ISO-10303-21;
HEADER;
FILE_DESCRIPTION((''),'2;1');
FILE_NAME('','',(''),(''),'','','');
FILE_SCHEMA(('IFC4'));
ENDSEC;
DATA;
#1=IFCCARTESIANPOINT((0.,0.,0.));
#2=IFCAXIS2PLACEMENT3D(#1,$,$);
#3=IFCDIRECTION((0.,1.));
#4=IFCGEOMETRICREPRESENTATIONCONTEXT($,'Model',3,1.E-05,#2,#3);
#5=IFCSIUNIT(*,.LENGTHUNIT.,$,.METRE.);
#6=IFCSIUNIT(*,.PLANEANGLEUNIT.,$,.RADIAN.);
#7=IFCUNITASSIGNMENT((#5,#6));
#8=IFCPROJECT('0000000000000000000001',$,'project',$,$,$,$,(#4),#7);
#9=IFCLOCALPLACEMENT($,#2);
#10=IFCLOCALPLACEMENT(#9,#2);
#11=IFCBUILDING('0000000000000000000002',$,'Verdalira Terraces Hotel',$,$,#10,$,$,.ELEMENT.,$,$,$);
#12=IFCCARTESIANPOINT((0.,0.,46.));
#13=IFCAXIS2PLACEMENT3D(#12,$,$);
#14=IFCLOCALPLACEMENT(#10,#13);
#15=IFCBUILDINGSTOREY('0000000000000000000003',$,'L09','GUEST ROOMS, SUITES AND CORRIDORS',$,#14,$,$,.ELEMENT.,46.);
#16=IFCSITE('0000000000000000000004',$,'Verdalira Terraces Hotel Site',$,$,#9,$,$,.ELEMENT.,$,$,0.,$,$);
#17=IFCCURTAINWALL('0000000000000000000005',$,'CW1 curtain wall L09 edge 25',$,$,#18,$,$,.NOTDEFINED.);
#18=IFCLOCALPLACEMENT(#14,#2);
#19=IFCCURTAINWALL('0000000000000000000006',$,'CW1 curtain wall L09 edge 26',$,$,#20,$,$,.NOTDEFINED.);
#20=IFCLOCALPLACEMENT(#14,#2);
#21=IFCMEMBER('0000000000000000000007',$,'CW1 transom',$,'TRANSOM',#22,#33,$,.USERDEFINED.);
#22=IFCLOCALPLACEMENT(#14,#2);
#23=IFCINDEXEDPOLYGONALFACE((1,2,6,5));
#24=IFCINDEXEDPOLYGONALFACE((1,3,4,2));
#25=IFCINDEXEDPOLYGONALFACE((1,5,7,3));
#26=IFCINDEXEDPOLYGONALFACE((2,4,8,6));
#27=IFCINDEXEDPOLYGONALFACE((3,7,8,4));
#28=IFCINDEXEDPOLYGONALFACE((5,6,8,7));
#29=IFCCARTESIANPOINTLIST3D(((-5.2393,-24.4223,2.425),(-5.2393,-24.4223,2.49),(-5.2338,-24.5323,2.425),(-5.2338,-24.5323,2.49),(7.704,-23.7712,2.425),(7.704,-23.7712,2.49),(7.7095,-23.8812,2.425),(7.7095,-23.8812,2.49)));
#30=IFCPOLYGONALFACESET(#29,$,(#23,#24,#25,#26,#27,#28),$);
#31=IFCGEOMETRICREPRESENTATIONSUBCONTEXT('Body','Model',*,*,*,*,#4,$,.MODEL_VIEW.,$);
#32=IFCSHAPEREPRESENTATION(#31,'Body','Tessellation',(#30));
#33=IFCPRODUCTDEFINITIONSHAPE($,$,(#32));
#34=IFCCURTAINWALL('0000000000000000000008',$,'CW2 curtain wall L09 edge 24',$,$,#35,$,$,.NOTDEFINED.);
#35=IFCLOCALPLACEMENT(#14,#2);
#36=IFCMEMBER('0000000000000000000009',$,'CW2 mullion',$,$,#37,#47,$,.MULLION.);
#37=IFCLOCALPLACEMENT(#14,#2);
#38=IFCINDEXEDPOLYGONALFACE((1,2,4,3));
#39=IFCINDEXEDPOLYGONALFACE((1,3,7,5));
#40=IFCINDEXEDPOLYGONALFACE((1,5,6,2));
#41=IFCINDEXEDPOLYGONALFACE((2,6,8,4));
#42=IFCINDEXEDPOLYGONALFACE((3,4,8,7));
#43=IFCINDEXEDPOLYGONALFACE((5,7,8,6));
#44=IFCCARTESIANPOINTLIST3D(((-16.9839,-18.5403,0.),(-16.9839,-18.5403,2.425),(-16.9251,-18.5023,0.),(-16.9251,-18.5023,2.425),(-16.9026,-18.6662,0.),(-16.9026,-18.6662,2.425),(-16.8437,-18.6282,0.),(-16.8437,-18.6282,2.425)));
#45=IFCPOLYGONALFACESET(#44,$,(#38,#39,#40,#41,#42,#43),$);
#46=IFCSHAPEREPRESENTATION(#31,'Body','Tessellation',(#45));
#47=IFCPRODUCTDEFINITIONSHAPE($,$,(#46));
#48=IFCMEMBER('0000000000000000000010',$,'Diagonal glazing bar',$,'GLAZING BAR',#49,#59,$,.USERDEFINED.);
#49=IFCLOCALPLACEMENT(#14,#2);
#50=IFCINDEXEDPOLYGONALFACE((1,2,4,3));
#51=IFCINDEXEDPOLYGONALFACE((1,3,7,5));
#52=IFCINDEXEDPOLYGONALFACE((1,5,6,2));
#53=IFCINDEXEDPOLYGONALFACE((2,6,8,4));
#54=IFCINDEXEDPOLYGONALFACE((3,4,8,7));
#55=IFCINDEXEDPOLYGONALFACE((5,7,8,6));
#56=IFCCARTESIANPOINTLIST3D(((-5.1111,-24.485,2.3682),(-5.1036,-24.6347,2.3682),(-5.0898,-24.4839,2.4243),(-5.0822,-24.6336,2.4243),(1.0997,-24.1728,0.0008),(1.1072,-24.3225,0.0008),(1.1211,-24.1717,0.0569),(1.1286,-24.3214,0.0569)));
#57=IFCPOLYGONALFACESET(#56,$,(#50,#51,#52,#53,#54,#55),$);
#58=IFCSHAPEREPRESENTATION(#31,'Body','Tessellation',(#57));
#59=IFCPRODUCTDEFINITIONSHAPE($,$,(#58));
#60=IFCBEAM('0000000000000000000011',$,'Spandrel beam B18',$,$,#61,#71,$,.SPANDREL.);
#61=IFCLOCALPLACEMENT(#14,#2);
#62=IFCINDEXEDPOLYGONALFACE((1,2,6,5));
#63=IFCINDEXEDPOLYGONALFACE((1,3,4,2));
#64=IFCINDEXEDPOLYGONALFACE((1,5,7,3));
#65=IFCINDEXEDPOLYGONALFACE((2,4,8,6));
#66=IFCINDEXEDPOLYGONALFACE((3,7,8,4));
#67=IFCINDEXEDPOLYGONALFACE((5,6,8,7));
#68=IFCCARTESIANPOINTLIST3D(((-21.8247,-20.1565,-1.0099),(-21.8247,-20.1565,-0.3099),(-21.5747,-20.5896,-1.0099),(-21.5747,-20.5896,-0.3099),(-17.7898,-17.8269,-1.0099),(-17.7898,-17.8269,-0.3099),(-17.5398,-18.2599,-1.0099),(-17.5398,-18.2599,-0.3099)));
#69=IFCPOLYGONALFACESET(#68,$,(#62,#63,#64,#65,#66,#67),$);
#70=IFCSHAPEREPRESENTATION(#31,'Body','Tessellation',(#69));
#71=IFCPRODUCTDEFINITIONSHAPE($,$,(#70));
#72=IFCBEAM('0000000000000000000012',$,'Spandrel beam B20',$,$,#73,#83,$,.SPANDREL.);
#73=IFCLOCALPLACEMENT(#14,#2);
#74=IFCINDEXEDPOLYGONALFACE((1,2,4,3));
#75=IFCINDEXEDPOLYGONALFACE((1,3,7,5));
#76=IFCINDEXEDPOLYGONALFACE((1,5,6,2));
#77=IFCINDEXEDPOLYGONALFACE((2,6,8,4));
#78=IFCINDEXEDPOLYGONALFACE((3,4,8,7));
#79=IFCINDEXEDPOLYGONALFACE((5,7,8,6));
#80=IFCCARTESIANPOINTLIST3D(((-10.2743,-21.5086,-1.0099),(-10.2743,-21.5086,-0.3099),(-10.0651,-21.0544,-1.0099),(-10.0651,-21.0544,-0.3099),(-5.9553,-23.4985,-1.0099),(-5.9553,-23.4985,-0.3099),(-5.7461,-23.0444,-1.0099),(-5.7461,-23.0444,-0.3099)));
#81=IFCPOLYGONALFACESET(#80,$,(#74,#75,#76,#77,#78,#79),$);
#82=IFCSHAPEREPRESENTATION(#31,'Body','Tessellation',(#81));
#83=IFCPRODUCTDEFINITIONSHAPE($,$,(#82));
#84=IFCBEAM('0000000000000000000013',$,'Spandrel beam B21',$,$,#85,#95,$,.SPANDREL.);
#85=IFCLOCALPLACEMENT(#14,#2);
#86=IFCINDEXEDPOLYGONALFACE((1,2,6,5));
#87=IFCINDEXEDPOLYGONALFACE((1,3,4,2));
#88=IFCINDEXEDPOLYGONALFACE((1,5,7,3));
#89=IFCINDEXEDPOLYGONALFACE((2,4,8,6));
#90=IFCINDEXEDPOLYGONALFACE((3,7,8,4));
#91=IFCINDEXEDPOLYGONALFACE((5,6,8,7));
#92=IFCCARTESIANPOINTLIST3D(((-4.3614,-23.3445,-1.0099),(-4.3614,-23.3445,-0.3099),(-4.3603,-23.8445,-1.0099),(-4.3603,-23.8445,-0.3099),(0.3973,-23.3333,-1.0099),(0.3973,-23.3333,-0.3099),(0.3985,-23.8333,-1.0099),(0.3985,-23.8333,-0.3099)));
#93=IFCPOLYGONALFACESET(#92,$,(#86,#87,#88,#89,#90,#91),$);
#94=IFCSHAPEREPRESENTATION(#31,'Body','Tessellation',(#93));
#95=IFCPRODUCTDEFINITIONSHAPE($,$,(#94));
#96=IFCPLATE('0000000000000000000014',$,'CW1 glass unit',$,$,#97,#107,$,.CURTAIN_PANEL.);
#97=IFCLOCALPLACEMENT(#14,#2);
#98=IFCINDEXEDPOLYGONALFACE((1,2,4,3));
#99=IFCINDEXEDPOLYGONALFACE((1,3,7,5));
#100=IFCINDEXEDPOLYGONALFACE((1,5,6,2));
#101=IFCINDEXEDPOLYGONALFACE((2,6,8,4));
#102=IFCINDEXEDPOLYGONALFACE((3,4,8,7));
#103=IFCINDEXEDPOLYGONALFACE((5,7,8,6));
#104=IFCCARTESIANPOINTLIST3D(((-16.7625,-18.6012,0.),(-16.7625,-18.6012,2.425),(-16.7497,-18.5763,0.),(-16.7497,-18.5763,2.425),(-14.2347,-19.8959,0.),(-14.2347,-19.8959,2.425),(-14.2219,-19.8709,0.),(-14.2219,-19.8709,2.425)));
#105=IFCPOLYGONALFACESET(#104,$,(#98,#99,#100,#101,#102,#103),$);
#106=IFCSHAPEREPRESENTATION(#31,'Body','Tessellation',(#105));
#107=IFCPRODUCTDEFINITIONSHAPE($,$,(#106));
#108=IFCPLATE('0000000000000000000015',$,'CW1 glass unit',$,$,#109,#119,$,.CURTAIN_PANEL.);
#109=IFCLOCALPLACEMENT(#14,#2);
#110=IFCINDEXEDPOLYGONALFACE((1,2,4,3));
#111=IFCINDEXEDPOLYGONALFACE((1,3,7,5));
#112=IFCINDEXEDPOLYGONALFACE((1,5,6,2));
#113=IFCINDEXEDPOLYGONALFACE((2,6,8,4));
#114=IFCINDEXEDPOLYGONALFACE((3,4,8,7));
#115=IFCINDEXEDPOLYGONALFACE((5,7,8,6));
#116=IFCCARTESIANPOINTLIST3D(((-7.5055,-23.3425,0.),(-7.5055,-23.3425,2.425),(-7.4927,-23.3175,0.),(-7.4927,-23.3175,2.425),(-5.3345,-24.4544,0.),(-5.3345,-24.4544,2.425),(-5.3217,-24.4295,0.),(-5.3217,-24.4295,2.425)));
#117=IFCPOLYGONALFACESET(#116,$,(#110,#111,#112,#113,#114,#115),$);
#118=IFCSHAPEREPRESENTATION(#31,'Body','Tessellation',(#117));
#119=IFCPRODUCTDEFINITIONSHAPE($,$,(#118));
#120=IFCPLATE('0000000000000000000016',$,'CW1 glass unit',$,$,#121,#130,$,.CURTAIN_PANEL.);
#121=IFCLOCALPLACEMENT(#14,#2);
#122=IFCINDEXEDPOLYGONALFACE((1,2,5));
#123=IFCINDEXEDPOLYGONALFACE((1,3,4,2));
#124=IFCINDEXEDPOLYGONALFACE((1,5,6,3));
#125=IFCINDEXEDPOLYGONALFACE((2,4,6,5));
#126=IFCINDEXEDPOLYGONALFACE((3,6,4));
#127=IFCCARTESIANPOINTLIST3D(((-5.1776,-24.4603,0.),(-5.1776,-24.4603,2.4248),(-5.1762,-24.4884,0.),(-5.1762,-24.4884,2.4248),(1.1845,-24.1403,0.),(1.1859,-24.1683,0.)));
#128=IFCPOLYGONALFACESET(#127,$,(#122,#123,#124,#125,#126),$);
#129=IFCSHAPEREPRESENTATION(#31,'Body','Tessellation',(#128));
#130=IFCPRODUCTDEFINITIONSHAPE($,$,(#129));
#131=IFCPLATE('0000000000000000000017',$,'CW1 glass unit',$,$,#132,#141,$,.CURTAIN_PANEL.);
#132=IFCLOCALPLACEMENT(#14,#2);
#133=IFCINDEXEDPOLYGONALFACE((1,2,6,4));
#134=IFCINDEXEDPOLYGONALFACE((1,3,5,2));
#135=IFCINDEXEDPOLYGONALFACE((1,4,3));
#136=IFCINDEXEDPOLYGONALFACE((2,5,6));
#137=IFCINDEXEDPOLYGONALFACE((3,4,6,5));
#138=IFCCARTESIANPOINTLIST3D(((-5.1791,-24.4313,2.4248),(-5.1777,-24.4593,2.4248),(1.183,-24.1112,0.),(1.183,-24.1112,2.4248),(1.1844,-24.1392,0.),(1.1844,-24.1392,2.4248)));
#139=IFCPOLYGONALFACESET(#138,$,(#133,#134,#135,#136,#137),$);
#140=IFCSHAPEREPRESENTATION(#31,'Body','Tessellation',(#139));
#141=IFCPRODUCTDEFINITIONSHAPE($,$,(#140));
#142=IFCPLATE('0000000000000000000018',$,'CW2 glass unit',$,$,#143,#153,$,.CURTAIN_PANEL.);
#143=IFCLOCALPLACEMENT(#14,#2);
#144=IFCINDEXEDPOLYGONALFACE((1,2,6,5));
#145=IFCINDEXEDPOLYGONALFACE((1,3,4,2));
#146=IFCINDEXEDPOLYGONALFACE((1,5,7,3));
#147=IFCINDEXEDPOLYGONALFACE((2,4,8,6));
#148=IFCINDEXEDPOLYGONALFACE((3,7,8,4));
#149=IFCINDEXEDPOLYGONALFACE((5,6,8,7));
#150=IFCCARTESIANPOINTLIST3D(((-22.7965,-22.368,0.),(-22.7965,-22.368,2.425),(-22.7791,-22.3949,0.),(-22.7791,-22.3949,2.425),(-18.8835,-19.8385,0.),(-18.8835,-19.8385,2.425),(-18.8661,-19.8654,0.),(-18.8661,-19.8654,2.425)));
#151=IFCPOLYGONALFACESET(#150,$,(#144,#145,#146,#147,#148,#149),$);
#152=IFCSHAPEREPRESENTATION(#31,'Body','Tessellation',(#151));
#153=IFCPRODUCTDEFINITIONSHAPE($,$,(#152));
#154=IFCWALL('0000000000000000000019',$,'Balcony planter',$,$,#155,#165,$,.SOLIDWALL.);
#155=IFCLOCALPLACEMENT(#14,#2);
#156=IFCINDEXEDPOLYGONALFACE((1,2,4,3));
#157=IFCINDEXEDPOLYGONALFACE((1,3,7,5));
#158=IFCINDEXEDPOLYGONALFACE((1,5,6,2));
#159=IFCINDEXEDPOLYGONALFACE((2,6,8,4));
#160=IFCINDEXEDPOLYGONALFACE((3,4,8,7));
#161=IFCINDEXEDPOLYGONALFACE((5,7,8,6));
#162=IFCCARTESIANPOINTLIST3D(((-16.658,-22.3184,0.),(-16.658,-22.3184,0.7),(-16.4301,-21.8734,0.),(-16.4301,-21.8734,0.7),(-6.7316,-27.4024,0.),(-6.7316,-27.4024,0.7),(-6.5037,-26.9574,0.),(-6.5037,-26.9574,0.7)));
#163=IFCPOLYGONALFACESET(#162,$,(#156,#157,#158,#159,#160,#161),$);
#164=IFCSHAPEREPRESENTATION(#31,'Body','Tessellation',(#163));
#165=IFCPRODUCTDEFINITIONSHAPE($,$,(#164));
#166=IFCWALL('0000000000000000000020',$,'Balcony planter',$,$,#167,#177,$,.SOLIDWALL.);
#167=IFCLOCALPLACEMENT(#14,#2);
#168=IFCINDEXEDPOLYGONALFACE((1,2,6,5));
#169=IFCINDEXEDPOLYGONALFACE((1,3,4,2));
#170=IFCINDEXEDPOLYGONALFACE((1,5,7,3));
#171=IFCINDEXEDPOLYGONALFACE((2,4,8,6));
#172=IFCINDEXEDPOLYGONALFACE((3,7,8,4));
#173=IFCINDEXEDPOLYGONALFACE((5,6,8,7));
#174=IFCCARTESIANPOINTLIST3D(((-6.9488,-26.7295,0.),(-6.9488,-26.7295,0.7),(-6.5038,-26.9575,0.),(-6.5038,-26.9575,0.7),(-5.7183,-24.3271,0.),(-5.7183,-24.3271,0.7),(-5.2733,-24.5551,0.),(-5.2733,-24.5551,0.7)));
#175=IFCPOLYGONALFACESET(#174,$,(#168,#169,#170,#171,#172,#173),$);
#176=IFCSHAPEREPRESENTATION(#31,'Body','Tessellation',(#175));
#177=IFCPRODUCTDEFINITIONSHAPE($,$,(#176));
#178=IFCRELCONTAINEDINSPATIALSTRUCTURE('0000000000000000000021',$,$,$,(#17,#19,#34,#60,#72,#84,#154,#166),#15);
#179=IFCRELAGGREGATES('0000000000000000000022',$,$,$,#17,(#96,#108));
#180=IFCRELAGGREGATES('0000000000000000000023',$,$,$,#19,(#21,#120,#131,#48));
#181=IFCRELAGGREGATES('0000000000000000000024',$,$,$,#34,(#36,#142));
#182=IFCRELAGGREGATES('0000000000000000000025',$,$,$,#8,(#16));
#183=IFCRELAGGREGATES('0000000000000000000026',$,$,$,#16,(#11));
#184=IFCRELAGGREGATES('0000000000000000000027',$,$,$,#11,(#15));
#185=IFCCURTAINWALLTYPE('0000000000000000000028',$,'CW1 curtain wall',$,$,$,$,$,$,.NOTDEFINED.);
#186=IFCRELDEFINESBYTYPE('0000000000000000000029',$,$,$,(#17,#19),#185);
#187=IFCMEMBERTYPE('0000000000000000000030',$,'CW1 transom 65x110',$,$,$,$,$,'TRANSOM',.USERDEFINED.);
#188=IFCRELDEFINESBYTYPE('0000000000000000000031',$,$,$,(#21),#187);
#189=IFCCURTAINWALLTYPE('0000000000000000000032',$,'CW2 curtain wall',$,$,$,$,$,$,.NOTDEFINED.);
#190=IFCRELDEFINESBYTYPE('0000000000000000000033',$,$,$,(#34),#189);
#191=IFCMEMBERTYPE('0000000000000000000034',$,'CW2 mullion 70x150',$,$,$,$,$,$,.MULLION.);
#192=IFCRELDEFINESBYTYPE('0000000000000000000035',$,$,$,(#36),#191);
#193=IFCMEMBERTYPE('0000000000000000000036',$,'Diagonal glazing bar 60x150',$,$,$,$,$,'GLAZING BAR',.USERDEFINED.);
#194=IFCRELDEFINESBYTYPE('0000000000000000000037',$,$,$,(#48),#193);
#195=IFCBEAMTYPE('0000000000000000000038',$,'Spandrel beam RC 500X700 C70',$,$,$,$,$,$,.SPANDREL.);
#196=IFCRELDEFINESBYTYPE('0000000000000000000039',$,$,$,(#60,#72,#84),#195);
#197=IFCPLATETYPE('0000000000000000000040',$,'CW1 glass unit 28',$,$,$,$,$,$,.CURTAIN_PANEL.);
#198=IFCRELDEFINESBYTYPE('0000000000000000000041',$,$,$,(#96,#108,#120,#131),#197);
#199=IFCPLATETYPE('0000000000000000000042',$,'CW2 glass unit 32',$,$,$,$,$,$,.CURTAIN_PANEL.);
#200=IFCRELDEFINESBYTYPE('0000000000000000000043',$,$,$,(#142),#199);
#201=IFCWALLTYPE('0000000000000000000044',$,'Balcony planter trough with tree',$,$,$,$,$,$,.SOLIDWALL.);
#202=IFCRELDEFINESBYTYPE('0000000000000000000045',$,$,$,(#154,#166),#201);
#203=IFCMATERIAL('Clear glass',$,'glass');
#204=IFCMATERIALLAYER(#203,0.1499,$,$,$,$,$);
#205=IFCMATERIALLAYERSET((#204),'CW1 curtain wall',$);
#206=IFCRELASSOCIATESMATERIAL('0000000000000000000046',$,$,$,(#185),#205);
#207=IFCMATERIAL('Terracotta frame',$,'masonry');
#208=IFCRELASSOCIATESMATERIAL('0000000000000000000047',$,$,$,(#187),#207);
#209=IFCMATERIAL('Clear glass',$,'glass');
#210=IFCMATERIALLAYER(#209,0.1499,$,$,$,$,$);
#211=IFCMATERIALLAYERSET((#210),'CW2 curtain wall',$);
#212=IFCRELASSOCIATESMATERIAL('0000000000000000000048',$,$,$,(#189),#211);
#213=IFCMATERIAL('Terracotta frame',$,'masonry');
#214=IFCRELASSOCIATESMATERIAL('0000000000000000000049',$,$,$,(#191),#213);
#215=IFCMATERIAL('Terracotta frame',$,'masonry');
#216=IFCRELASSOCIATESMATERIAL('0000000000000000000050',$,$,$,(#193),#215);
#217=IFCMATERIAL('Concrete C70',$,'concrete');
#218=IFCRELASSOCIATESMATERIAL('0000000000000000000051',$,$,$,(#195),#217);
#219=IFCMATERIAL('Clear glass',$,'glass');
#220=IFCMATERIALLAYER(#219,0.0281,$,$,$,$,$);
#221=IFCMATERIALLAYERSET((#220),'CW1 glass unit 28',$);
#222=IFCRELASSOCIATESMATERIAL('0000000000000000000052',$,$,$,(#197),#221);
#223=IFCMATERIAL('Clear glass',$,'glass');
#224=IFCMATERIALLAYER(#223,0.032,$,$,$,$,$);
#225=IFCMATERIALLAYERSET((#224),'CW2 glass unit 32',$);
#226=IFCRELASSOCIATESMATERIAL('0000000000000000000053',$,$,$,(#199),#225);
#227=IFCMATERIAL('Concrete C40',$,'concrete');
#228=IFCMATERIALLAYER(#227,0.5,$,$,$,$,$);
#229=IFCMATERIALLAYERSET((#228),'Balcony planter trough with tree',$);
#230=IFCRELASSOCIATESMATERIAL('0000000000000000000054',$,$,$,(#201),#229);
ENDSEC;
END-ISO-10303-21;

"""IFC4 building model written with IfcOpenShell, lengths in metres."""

from ifc_helpers import new_model, si_unit, direction, frame, frame_2d, origin, origin_2d, place, context, subcontext, project, spatial, polyline, rectangle, outline, extrude, material, layer, layer_set, material_profile, profile_set, type_object, element, aggregate, save


model = new_model("IFC4")

# Units and contexts
model_context = context("Model", 3, precision=1e-05, world=origin(), true_north=direction((0.0, 1.0)))
body_context = subcontext(model_context, "Body", "Model", "MODEL_VIEW")
ifc_project = project(units=[si_unit("LENGTHUNIT", "METRE"), si_unit("PLANEANGLEUNIT", "RADIAN")], contexts=[model_context])

# Site, building, storey
site_placement = place(None, origin())
site = spatial("IfcSite", under=ifc_project, at=site_placement, Name="Verdalira Terraces Hotel Site", CompositionType="ELEMENT", RefElevation=0.0)
building_placement = place(site_placement, origin())
building = spatial("IfcBuilding", under=site, at=building_placement, Name="Verdalira Terraces Hotel", CompositionType="ELEMENT")
storey_placement = place(building_placement, frame((0.0, 0.0, 46.0)))
storey = spatial("IfcBuildingStorey", under=building, at=storey_placement, Name="L09", Description="GUEST ROOMS, SUITES AND CORRIDORS", CompositionType="ELEMENT", Elevation=46.0)

# Curtain wall
ifc_material_1 = material(Name="Clear glass", Category="glass")
ifc_layer_1 = layer(ifc_material_1, 0.1499)
ifc_layer_set_1 = layer_set([ifc_layer_1], Name="CW1 curtain wall")
curtain_wall_type_1 = type_object("IfcCurtainWallType", Name="CW1 curtain wall", PredefinedType="NOTDEFINED", material=ifc_layer_set_1)
curtain_wall_1_placement = place(storey_placement, origin())
curtain_wall_1 = element("IfcCurtainWall", 1, at=curtain_wall_1_placement, inside=storey, type_object=curtain_wall_type_1, Name="CW1 curtain wall L09 edge 25", PredefinedType="NOTDEFINED")

# Curtain wall
curtain_wall_2_placement = place(storey_placement, origin())
curtain_wall_2 = element("IfcCurtainWall", 2, at=curtain_wall_2_placement, inside=storey, type_object=curtain_wall_type_1, Name="CW1 curtain wall L09 edge 26", PredefinedType="NOTDEFINED")

# Member
ifc_material_2 = material(Name="Terracotta frame", Category="masonry")
ifc_material_profile_1 = material_profile(ifc_material_2, rectangle(XDim=0.1101, YDim=0.0649, at=origin_2d()), Name="TR 65x110")
ifc_profile_set_1 = profile_set([ifc_material_profile_1], Name="Terracotta frame")
member_type_1 = type_object("IfcMemberType", Name="CW1 transom 65x110", ElementType="TRANSOM", PredefinedType="USERDEFINED", material=ifc_profile_set_1)
member_1_placement = place(storey_placement, frame((-5.2366, -24.4773, 2.4575), z_axis=(0.998737, 0.050242, 0.0), x_axis=(-0.050242, 0.998737, 0.0)))
member_1 = element("IfcMember", 3, at=member_1_placement, type_object=member_type_1, Name="CW1 transom", ObjectType="TRANSOM", PredefinedType="USERDEFINED", context=body_context, shape_type="SweptSolid", body=[
    extrude(rectangle(XDim=0.1101, YDim=0.0649, at=origin_2d()), origin(), (0.0, 0.0, 1.0), 12.9597),
])

# Curtain wall, member
ifc_material_3 = material(Name="Clear glass", Category="glass")
ifc_layer_2 = layer(ifc_material_3, 0.1499)
ifc_layer_set_2 = layer_set([ifc_layer_2], Name="CW2 curtain wall")
curtain_wall_type_2 = type_object("IfcCurtainWallType", Name="CW2 curtain wall", PredefinedType="NOTDEFINED", material=ifc_layer_set_2)
curtain_wall_3_placement = place(storey_placement, origin())
curtain_wall_3 = element("IfcCurtainWall", 4, at=curtain_wall_3_placement, inside=storey, type_object=curtain_wall_type_2, Name="CW2 curtain wall L09 edge 24", PredefinedType="NOTDEFINED")
ifc_material_4 = material(Name="Terracotta frame", Category="masonry")
ifc_material_profile_2 = material_profile(ifc_material_4, rectangle(XDim=0.0701, YDim=0.1499, at=origin_2d()), Name="MU 70x150")
ifc_profile_set_2 = profile_set([ifc_material_profile_2], Name="Terracotta frame")
member_type_2 = type_object("IfcMemberType", Name="CW2 mullion 70x150", PredefinedType="MULLION", material=ifc_profile_set_2)
member_2_placement = place(storey_placement, frame((-16.9138, -18.5842, 0.0), z_axis=(0.0, 0.0, 1.0), x_axis=(0.839809, 0.542881, 0.0)))
member_2 = element("IfcMember", 5, at=member_2_placement, type_object=member_type_2, Name="CW2 mullion", PredefinedType="MULLION", context=body_context, shape_type="SweptSolid", body=[
    extrude(rectangle(XDim=0.0701, YDim=0.1499, at=origin_2d()), origin(), (0.0, 0.0, 1.0), 2.425),
])

# Member
ifc_material_5 = material(Name="Terracotta frame", Category="masonry")
ifc_material_profile_3 = material_profile(ifc_material_5, rectangle(XDim=0.1499, YDim=0.0601, at=origin_2d()), Name="GB 60x150")
ifc_profile_set_3 = profile_set([ifc_material_profile_3], Name="Terracotta frame")
member_type_3 = type_object("IfcMemberType", Name="Diagonal glazing bar 60x150", ElementType="GLAZING BAR", PredefinedType="USERDEFINED", material=ifc_profile_set_3)
member_3_placement = place(storey_placement, frame((-5.0967, -24.5593, 2.3962), z_axis=(0.93339, 0.046926, -0.355782), x_axis=(-0.050212, 0.998739, 0.0)))
member_3 = element("IfcMember", 6, at=member_3_placement, type_object=member_type_3, Name="Diagonal glazing bar", ObjectType="GLAZING BAR", PredefinedType="USERDEFINED", context=body_context, shape_type="SweptSolid", body=[
    extrude(rectangle(XDim=0.1499, YDim=0.0601, at=origin_2d()), origin(), (0.0, 0.0, 1.0), 6.6541),
])

# Beams
ifc_material_6 = material(Name="Concrete C70", Category="concrete")
ifc_material_profile_4 = material_profile(ifc_material_6, rectangle(XDim=0.5, YDim=0.7, at=origin_2d()), Name="RC 500X700")
ifc_profile_set_4 = profile_set([ifc_material_profile_4], Name="Concrete C70")
beam_type_1 = type_object("IfcBeamType", Name="Spandrel beam RC 500X700 C70", PredefinedType="SPANDREL", material=ifc_profile_set_4)
beam_1_placement = place(storey_placement, frame((-21.6997, -20.373, -0.6599), z_axis=(0.866022, 0.500005, 0.0), x_axis=(-0.500005, 0.866022, 0.0)))
element("IfcBeam", 7, at=beam_1_placement, inside=storey, type_object=beam_type_1, Name="Spandrel beam B18", PredefinedType="SPANDREL", context=body_context, shape_type="SweptSolid", body=[
    extrude(rectangle(XDim=0.5, YDim=0.7, at=origin_2d()), origin(), (0.0, 0.0, 1.0), 4.6592),
])
beam_2_placement = place(storey_placement, frame((-10.1697, -21.2815, -0.6599), z_axis=(0.908234, -0.418462, 0.0), x_axis=(0.418462, 0.908234, 0.0)))
element("IfcBeam", 8, at=beam_2_placement, inside=storey, type_object=beam_type_1, Name="Spandrel beam B20", PredefinedType="SPANDREL", context=body_context, shape_type="SweptSolid", body=[
    extrude(rectangle(XDim=0.5, YDim=0.7, at=origin_2d()), origin(), (0.0, 0.0, 1.0), 4.7554),
])
beam_3_placement = place(storey_placement, frame((-4.3608, -23.5945, -0.6599), z_axis=(0.999997, 0.00236, 0.0), x_axis=(-0.00236, 0.999997, 0.0)))
element("IfcBeam", 9, at=beam_3_placement, inside=storey, type_object=beam_type_1, Name="Spandrel beam B21", PredefinedType="SPANDREL", context=body_context, shape_type="SweptSolid", body=[
    extrude(rectangle(XDim=0.5, YDim=0.7, at=origin_2d()), origin(), (0.0, 0.0, 1.0), 4.7588),
])

# Plates
ifc_material_7 = material(Name="Clear glass", Category="glass")
ifc_layer_3 = layer(ifc_material_7, 0.0281)
ifc_layer_set_3 = layer_set([ifc_layer_3], Name="CW1 glass unit 28")
plate_type_1 = type_object("IfcPlateType", Name="CW1 glass unit 28", PredefinedType="CURTAIN_PANEL", material=ifc_layer_set_3)
plate_1_placement = place(storey_placement, frame((-15.4922, -19.2361, 0.0), z_axis=(0.0, 0.0, 1.0), x_axis=(0.890054, -0.455856, 0.0)))
plate_1 = element("IfcPlate", 10, at=plate_1_placement, type_object=plate_type_1, Name="CW1 glass unit", PredefinedType="CURTAIN_PANEL", context=body_context, shape_type="SweptSolid", body=[
    extrude(rectangle(XDim=2.8401, YDim=0.0281, at=origin_2d()), origin(), (0.0, 0.0, 1.0), 2.425),
])
plate_2_placement = place(storey_placement, frame((-6.4136, -23.886, 0.0), z_axis=(0.0, 0.0, 1.0), x_axis=(0.890054, -0.455856, 0.0)))
plate_2 = element("IfcPlate", 11, at=plate_2_placement, type_object=plate_type_1, Name="CW1 glass unit", PredefinedType="CURTAIN_PANEL", context=body_context, shape_type="SweptSolid", body=[
    extrude(rectangle(XDim=2.4392, YDim=0.0281, at=origin_2d()), origin(), (0.0, 0.0, 1.0), 2.425),
])
aggregate(curtain_wall_1, [plate_1, plate_2])
plate_3_placement = place(storey_placement, frame((-1.9966, -24.3003, 1.2124), z_axis=(0.050244, -0.998737, 0.0), x_axis=(0.998737, 0.050244, 0.0)))
plate_3 = element("IfcPlate", 12, at=plate_3_placement, type_object=plate_type_1, Name="CW1 glass unit", PredefinedType="CURTAIN_PANEL", context=body_context, shape_type="SweptSolid", body=[
    extrude(outline(polyline([(-3.1851, -1.2124), (3.1851, -1.2124), (-3.1851, 1.2124), (-3.1851, -1.2124)])), origin(), (0.0, 0.0, 1.0), 0.0281),
])
plate_4_placement = place(storey_placement, frame((-1.998, -24.2712, 1.2124), z_axis=(0.050244, -0.998737, 0.0), x_axis=(0.998737, 0.050244, 0.0)))
plate_4 = element("IfcPlate", 13, at=plate_4_placement, type_object=plate_type_1, Name="CW1 glass unit", PredefinedType="CURTAIN_PANEL", context=body_context, shape_type="SweptSolid", body=[
    extrude(outline(polyline([(3.1851, -1.2124), (3.1851, 1.2124), (-3.1851, 1.2124), (3.1851, -1.2124)])), origin(), (0.0, 0.0, 1.0), 0.0281),
])
aggregate(curtain_wall_2, [member_1, plate_3, plate_4, member_3])
ifc_material_8 = material(Name="Clear glass", Category="glass")
ifc_layer_4 = layer(ifc_material_8, 0.032)
ifc_layer_set_4 = layer_set([ifc_layer_4], Name="CW2 glass unit 32")
plate_type_2 = type_object("IfcPlateType", Name="CW2 glass unit 32", PredefinedType="CURTAIN_PANEL", material=ifc_layer_set_4)
plate_5_placement = place(storey_placement, frame((-20.8313, -21.1167, 0.0), z_axis=(0.0, 0.0, 1.0), x_axis=(0.839809, 0.542881, 0.0)))
plate_5 = element("IfcPlate", 14, at=plate_5_placement, type_object=plate_type_2, Name="CW2 glass unit", PredefinedType="CURTAIN_PANEL", context=body_context, shape_type="SweptSolid", body=[
    extrude(rectangle(XDim=4.6594, YDim=0.032, at=origin_2d()), origin(), (0.0, 0.0, 1.0), 2.425),
])
aggregate(curtain_wall_3, [member_2, plate_5])

# Walls
ifc_material_9 = material(Name="Concrete C40", Category="concrete")
ifc_layer_5 = layer(ifc_material_9, 0.5)
ifc_layer_set_5 = layer_set([ifc_layer_5], Name="Balcony planter trough with tree")
wall_type_1 = type_object("IfcWallType", Name="Balcony planter trough with tree", PredefinedType="SOLIDWALL", material=ifc_layer_set_5)
wall_1_placement = place(storey_placement, frame((-16.5439, -22.0959, 0.0), z_axis=(0.0, 0.0, 1.0), x_axis=(0.890051, -0.455861, 0.0)))
element("IfcWall", 15, at=wall_1_placement, inside=storey, type_object=wall_type_1, Name="Balcony planter", PredefinedType="SOLIDWALL", context=body_context, shape_type="SweptSolid", body=[
    extrude(rectangle(XDim=11.1526, YDim=0.5, at=frame_2d((5.5762, 0.0))), origin(), (0.0, 0.0, 1.0), 0.7),
])
wall_2_placement = place(storey_placement, frame((-6.7263, -26.8435, 0.0), z_axis=(0.0, 0.0, 1.0), x_axis=(0.455876, 0.890043, 0.0)))
element("IfcWall", 16, at=wall_2_placement, inside=storey, type_object=wall_type_1, Name="Balcony planter", PredefinedType="SOLIDWALL", context=body_context, shape_type="SweptSolid", body=[
    extrude(rectangle(XDim=2.6992, YDim=0.5, at=frame_2d((1.3496, 0.0))), origin(), (0.0, 0.0, 1.0), 0.7),
])

save(model, "model.ifc")
